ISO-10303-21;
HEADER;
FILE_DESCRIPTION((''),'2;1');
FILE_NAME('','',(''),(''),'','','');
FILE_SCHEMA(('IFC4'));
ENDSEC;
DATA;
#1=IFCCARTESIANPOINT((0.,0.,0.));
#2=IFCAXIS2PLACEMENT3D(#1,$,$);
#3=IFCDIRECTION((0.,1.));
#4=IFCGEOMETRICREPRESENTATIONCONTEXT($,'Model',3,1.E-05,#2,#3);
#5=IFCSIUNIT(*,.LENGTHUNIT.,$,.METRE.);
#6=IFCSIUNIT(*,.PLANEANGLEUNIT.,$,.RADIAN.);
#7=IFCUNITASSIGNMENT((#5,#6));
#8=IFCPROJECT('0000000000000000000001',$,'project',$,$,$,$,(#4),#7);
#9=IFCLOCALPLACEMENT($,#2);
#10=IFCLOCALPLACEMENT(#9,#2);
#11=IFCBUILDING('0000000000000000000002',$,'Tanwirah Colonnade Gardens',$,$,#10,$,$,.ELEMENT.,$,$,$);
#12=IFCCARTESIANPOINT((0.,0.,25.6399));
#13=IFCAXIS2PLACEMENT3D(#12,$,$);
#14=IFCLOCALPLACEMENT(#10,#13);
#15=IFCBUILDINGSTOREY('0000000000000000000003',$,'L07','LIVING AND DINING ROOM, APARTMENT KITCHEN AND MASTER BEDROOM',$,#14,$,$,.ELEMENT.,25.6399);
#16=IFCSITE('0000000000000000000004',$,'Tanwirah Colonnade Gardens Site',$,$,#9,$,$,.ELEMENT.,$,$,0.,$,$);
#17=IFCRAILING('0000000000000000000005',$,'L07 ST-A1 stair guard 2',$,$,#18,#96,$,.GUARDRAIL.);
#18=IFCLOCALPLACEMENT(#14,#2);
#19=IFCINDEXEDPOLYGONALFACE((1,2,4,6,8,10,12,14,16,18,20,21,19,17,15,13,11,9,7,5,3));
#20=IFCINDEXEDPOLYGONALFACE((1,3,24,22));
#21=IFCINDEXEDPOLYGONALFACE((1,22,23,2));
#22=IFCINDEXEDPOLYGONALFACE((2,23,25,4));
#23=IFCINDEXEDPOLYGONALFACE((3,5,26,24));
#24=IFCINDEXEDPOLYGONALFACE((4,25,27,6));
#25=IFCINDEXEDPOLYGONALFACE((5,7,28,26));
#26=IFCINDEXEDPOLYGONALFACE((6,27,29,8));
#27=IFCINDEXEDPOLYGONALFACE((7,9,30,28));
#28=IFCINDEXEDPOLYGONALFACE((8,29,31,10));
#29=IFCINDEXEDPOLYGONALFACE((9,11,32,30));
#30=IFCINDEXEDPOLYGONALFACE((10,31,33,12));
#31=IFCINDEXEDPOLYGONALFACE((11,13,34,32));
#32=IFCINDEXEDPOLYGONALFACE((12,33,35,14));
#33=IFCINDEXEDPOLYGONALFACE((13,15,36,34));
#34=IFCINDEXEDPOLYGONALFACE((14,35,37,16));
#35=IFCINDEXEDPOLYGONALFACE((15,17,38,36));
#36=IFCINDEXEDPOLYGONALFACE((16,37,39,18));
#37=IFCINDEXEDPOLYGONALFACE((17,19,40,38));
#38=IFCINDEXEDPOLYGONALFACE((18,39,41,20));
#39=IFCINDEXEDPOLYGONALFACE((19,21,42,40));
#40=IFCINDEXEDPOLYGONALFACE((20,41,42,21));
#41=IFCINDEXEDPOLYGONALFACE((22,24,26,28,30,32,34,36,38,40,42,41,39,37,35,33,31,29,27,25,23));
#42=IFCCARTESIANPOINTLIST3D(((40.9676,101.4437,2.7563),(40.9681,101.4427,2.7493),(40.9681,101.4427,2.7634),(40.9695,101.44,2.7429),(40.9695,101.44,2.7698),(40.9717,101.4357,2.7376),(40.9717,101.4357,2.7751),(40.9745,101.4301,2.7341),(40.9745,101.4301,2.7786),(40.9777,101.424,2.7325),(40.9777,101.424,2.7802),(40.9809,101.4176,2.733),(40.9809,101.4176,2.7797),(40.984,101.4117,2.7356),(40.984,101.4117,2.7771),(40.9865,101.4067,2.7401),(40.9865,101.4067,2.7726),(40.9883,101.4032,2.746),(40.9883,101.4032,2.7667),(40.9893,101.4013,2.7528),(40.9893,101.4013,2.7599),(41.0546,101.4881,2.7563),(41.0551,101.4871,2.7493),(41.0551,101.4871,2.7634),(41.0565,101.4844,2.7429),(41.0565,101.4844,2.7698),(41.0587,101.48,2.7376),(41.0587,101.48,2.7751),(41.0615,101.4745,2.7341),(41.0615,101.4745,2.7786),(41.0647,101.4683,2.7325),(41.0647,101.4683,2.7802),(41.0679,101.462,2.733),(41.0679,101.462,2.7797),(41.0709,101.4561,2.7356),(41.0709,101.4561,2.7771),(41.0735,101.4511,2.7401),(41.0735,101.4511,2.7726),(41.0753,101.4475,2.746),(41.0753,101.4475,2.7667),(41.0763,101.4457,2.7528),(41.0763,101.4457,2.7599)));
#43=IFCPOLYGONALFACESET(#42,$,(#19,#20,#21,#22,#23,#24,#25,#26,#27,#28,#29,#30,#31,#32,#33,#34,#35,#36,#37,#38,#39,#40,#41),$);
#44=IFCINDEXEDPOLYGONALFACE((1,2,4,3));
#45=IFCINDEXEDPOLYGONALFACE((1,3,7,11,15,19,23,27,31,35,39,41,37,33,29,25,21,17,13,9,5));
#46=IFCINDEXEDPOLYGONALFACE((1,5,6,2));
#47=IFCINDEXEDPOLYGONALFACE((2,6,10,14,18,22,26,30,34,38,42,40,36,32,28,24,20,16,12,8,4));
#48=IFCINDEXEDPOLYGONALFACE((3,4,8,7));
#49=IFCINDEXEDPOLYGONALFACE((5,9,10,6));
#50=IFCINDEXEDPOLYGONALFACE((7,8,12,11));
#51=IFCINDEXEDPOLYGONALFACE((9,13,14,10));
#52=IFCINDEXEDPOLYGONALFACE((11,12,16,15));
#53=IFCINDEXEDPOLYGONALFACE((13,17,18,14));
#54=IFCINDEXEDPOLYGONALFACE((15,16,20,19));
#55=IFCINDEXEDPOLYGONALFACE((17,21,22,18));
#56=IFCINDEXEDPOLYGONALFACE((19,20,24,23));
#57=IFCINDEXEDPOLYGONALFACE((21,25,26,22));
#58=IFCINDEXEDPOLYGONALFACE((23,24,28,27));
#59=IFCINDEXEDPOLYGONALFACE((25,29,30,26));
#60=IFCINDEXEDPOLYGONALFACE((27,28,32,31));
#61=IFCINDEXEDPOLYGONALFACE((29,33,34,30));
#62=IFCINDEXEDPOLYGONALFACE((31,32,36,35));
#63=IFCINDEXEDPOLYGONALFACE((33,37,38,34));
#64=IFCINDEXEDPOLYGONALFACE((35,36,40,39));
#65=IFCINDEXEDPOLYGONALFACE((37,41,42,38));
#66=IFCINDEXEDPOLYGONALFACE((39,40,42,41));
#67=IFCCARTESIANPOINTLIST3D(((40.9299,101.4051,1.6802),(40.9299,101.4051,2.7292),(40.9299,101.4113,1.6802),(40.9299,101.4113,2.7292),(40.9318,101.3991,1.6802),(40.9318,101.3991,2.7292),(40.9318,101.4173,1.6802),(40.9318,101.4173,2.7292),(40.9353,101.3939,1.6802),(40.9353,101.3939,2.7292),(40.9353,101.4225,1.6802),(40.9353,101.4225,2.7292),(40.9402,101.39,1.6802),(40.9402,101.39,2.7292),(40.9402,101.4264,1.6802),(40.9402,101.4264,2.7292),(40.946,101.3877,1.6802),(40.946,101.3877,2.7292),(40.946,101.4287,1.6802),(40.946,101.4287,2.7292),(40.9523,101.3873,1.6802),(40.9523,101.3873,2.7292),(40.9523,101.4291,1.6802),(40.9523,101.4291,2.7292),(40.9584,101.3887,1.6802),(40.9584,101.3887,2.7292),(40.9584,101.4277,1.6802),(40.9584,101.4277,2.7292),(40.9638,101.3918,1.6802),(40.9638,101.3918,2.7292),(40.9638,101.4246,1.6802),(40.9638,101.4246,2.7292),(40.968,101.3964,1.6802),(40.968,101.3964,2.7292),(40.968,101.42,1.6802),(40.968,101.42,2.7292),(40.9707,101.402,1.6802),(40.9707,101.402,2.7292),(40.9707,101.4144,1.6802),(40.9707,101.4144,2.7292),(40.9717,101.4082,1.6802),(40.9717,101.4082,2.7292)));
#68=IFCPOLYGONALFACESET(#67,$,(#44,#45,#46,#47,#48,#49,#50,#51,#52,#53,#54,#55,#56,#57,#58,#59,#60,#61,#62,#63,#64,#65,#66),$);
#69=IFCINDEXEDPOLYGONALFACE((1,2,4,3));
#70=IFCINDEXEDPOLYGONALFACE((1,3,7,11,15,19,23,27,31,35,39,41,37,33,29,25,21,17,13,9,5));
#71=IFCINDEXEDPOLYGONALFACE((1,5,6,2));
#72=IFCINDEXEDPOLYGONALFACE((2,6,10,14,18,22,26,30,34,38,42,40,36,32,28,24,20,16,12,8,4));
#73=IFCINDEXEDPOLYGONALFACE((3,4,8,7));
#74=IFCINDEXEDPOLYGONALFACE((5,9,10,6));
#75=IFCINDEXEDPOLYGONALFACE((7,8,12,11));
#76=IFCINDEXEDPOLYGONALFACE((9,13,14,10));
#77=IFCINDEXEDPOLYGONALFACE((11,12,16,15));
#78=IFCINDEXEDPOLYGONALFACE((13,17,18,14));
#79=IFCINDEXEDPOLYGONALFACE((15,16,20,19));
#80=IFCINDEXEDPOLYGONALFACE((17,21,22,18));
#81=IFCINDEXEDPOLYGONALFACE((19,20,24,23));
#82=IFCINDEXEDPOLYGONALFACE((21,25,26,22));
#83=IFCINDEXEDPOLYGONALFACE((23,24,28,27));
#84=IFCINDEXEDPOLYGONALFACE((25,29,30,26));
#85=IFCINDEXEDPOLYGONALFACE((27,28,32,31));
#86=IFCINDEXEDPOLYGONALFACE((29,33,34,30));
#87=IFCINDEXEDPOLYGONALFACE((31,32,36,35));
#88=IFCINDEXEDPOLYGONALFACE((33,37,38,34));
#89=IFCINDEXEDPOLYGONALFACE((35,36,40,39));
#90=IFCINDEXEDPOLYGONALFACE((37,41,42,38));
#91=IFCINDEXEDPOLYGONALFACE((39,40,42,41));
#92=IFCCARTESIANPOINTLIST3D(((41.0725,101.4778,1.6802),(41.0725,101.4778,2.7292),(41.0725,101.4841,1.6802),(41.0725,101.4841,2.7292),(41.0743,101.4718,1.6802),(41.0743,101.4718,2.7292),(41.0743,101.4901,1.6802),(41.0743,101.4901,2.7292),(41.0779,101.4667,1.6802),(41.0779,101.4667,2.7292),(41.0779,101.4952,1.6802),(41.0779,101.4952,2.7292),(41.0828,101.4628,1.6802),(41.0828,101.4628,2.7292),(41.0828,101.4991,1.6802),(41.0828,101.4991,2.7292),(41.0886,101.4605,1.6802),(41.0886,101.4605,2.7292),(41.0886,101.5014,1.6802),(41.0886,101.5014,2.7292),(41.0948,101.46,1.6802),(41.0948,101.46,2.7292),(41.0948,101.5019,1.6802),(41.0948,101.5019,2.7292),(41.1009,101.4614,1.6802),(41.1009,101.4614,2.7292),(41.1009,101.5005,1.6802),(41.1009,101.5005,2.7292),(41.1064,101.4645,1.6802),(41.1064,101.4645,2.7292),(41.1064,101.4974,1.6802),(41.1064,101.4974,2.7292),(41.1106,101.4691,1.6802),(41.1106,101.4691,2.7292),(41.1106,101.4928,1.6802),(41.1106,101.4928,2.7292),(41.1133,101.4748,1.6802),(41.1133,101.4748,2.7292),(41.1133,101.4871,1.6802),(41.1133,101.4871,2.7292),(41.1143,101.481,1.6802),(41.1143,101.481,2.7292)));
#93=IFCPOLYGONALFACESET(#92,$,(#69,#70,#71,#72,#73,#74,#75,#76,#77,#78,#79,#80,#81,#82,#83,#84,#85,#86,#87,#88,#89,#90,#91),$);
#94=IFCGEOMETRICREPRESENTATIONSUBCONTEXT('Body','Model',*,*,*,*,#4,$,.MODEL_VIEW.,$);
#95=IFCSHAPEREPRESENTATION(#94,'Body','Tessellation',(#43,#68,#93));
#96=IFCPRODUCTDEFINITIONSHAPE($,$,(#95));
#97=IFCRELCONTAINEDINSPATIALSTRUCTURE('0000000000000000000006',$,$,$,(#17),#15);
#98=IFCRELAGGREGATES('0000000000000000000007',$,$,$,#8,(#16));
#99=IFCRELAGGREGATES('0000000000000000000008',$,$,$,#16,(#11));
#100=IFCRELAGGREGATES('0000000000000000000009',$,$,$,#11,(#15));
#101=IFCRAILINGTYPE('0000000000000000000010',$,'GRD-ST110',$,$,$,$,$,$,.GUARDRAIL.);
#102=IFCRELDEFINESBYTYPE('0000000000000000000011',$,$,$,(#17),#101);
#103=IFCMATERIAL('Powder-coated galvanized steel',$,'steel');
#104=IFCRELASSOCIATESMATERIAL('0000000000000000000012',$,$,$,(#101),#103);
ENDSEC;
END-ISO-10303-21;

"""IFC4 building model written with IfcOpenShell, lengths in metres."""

from ifc_helpers import new_model, si_unit, direction, frame, origin, origin_2d, place, context, subcontext, project, spatial, circle, extrude, material, type_object, element, save


model = new_model("IFC4")

# Units and contexts
model_context = context("Model", 3, precision=1e-05, world=origin(), true_north=direction((0.0, 1.0)))
body_context = subcontext(model_context, "Body", "Model", "MODEL_VIEW")
ifc_project = project(units=[si_unit("LENGTHUNIT", "METRE"), si_unit("PLANEANGLEUNIT", "RADIAN")], contexts=[model_context])

# Site, building, storey
site_placement = place(None, origin())
site = spatial("IfcSite", under=ifc_project, at=site_placement, Name="Tanwirah Colonnade Gardens Site", CompositionType="ELEMENT", RefElevation=0.0)
building_placement = place(site_placement, origin())
building = spatial("IfcBuilding", under=site, at=building_placement, Name="Tanwirah Colonnade Gardens", CompositionType="ELEMENT")
storey_placement = place(building_placement, frame((0.0, 0.0, 25.6399)))
storey = spatial("IfcBuildingStorey", under=building, at=storey_placement, Name="L07", Description="LIVING AND DINING ROOM, APARTMENT KITCHEN AND MASTER BEDROOM", CompositionType="ELEMENT", Elevation=25.6399)

# Railing
ifc_material_1 = material(Name="Powder-coated galvanized steel", Category="steel")
railing_type_1 = type_object("IfcRailingType", Name="GRD-ST110", PredefinedType="GUARDRAIL", material=ifc_material_1)
railing_1_placement = place(storey_placement, frame((40.9507, 101.4082, 1.6802)))
element("IfcRailing", 1, at=railing_1_placement, inside=storey, type_object=railing_type_1, Name="L07 ST-A1 stair guard 2", PredefinedType="GUARDRAIL", context=body_context, shape_type="SweptSolid", body=[
    extrude(circle(Radius=0.0239, at=origin_2d()), frame((0.0278, 0.0142, 1.0762), z_axis=(0.890737, 0.45452, 0.0), x_axis=(-0.45452, 0.890737, 0.0)), (0.0, 0.0, 1.0), 0.0977),
    extrude(circle(Radius=0.021, at=origin_2d()), origin(), (0.0, 0.0, 1.0), 1.0491),
    extrude(circle(Radius=0.021, at=origin_2d()), frame((0.1426, 0.0728, 0.0)), (0.0, 0.0, 1.0), 1.0491),
])

save(model, "model.ifc")
